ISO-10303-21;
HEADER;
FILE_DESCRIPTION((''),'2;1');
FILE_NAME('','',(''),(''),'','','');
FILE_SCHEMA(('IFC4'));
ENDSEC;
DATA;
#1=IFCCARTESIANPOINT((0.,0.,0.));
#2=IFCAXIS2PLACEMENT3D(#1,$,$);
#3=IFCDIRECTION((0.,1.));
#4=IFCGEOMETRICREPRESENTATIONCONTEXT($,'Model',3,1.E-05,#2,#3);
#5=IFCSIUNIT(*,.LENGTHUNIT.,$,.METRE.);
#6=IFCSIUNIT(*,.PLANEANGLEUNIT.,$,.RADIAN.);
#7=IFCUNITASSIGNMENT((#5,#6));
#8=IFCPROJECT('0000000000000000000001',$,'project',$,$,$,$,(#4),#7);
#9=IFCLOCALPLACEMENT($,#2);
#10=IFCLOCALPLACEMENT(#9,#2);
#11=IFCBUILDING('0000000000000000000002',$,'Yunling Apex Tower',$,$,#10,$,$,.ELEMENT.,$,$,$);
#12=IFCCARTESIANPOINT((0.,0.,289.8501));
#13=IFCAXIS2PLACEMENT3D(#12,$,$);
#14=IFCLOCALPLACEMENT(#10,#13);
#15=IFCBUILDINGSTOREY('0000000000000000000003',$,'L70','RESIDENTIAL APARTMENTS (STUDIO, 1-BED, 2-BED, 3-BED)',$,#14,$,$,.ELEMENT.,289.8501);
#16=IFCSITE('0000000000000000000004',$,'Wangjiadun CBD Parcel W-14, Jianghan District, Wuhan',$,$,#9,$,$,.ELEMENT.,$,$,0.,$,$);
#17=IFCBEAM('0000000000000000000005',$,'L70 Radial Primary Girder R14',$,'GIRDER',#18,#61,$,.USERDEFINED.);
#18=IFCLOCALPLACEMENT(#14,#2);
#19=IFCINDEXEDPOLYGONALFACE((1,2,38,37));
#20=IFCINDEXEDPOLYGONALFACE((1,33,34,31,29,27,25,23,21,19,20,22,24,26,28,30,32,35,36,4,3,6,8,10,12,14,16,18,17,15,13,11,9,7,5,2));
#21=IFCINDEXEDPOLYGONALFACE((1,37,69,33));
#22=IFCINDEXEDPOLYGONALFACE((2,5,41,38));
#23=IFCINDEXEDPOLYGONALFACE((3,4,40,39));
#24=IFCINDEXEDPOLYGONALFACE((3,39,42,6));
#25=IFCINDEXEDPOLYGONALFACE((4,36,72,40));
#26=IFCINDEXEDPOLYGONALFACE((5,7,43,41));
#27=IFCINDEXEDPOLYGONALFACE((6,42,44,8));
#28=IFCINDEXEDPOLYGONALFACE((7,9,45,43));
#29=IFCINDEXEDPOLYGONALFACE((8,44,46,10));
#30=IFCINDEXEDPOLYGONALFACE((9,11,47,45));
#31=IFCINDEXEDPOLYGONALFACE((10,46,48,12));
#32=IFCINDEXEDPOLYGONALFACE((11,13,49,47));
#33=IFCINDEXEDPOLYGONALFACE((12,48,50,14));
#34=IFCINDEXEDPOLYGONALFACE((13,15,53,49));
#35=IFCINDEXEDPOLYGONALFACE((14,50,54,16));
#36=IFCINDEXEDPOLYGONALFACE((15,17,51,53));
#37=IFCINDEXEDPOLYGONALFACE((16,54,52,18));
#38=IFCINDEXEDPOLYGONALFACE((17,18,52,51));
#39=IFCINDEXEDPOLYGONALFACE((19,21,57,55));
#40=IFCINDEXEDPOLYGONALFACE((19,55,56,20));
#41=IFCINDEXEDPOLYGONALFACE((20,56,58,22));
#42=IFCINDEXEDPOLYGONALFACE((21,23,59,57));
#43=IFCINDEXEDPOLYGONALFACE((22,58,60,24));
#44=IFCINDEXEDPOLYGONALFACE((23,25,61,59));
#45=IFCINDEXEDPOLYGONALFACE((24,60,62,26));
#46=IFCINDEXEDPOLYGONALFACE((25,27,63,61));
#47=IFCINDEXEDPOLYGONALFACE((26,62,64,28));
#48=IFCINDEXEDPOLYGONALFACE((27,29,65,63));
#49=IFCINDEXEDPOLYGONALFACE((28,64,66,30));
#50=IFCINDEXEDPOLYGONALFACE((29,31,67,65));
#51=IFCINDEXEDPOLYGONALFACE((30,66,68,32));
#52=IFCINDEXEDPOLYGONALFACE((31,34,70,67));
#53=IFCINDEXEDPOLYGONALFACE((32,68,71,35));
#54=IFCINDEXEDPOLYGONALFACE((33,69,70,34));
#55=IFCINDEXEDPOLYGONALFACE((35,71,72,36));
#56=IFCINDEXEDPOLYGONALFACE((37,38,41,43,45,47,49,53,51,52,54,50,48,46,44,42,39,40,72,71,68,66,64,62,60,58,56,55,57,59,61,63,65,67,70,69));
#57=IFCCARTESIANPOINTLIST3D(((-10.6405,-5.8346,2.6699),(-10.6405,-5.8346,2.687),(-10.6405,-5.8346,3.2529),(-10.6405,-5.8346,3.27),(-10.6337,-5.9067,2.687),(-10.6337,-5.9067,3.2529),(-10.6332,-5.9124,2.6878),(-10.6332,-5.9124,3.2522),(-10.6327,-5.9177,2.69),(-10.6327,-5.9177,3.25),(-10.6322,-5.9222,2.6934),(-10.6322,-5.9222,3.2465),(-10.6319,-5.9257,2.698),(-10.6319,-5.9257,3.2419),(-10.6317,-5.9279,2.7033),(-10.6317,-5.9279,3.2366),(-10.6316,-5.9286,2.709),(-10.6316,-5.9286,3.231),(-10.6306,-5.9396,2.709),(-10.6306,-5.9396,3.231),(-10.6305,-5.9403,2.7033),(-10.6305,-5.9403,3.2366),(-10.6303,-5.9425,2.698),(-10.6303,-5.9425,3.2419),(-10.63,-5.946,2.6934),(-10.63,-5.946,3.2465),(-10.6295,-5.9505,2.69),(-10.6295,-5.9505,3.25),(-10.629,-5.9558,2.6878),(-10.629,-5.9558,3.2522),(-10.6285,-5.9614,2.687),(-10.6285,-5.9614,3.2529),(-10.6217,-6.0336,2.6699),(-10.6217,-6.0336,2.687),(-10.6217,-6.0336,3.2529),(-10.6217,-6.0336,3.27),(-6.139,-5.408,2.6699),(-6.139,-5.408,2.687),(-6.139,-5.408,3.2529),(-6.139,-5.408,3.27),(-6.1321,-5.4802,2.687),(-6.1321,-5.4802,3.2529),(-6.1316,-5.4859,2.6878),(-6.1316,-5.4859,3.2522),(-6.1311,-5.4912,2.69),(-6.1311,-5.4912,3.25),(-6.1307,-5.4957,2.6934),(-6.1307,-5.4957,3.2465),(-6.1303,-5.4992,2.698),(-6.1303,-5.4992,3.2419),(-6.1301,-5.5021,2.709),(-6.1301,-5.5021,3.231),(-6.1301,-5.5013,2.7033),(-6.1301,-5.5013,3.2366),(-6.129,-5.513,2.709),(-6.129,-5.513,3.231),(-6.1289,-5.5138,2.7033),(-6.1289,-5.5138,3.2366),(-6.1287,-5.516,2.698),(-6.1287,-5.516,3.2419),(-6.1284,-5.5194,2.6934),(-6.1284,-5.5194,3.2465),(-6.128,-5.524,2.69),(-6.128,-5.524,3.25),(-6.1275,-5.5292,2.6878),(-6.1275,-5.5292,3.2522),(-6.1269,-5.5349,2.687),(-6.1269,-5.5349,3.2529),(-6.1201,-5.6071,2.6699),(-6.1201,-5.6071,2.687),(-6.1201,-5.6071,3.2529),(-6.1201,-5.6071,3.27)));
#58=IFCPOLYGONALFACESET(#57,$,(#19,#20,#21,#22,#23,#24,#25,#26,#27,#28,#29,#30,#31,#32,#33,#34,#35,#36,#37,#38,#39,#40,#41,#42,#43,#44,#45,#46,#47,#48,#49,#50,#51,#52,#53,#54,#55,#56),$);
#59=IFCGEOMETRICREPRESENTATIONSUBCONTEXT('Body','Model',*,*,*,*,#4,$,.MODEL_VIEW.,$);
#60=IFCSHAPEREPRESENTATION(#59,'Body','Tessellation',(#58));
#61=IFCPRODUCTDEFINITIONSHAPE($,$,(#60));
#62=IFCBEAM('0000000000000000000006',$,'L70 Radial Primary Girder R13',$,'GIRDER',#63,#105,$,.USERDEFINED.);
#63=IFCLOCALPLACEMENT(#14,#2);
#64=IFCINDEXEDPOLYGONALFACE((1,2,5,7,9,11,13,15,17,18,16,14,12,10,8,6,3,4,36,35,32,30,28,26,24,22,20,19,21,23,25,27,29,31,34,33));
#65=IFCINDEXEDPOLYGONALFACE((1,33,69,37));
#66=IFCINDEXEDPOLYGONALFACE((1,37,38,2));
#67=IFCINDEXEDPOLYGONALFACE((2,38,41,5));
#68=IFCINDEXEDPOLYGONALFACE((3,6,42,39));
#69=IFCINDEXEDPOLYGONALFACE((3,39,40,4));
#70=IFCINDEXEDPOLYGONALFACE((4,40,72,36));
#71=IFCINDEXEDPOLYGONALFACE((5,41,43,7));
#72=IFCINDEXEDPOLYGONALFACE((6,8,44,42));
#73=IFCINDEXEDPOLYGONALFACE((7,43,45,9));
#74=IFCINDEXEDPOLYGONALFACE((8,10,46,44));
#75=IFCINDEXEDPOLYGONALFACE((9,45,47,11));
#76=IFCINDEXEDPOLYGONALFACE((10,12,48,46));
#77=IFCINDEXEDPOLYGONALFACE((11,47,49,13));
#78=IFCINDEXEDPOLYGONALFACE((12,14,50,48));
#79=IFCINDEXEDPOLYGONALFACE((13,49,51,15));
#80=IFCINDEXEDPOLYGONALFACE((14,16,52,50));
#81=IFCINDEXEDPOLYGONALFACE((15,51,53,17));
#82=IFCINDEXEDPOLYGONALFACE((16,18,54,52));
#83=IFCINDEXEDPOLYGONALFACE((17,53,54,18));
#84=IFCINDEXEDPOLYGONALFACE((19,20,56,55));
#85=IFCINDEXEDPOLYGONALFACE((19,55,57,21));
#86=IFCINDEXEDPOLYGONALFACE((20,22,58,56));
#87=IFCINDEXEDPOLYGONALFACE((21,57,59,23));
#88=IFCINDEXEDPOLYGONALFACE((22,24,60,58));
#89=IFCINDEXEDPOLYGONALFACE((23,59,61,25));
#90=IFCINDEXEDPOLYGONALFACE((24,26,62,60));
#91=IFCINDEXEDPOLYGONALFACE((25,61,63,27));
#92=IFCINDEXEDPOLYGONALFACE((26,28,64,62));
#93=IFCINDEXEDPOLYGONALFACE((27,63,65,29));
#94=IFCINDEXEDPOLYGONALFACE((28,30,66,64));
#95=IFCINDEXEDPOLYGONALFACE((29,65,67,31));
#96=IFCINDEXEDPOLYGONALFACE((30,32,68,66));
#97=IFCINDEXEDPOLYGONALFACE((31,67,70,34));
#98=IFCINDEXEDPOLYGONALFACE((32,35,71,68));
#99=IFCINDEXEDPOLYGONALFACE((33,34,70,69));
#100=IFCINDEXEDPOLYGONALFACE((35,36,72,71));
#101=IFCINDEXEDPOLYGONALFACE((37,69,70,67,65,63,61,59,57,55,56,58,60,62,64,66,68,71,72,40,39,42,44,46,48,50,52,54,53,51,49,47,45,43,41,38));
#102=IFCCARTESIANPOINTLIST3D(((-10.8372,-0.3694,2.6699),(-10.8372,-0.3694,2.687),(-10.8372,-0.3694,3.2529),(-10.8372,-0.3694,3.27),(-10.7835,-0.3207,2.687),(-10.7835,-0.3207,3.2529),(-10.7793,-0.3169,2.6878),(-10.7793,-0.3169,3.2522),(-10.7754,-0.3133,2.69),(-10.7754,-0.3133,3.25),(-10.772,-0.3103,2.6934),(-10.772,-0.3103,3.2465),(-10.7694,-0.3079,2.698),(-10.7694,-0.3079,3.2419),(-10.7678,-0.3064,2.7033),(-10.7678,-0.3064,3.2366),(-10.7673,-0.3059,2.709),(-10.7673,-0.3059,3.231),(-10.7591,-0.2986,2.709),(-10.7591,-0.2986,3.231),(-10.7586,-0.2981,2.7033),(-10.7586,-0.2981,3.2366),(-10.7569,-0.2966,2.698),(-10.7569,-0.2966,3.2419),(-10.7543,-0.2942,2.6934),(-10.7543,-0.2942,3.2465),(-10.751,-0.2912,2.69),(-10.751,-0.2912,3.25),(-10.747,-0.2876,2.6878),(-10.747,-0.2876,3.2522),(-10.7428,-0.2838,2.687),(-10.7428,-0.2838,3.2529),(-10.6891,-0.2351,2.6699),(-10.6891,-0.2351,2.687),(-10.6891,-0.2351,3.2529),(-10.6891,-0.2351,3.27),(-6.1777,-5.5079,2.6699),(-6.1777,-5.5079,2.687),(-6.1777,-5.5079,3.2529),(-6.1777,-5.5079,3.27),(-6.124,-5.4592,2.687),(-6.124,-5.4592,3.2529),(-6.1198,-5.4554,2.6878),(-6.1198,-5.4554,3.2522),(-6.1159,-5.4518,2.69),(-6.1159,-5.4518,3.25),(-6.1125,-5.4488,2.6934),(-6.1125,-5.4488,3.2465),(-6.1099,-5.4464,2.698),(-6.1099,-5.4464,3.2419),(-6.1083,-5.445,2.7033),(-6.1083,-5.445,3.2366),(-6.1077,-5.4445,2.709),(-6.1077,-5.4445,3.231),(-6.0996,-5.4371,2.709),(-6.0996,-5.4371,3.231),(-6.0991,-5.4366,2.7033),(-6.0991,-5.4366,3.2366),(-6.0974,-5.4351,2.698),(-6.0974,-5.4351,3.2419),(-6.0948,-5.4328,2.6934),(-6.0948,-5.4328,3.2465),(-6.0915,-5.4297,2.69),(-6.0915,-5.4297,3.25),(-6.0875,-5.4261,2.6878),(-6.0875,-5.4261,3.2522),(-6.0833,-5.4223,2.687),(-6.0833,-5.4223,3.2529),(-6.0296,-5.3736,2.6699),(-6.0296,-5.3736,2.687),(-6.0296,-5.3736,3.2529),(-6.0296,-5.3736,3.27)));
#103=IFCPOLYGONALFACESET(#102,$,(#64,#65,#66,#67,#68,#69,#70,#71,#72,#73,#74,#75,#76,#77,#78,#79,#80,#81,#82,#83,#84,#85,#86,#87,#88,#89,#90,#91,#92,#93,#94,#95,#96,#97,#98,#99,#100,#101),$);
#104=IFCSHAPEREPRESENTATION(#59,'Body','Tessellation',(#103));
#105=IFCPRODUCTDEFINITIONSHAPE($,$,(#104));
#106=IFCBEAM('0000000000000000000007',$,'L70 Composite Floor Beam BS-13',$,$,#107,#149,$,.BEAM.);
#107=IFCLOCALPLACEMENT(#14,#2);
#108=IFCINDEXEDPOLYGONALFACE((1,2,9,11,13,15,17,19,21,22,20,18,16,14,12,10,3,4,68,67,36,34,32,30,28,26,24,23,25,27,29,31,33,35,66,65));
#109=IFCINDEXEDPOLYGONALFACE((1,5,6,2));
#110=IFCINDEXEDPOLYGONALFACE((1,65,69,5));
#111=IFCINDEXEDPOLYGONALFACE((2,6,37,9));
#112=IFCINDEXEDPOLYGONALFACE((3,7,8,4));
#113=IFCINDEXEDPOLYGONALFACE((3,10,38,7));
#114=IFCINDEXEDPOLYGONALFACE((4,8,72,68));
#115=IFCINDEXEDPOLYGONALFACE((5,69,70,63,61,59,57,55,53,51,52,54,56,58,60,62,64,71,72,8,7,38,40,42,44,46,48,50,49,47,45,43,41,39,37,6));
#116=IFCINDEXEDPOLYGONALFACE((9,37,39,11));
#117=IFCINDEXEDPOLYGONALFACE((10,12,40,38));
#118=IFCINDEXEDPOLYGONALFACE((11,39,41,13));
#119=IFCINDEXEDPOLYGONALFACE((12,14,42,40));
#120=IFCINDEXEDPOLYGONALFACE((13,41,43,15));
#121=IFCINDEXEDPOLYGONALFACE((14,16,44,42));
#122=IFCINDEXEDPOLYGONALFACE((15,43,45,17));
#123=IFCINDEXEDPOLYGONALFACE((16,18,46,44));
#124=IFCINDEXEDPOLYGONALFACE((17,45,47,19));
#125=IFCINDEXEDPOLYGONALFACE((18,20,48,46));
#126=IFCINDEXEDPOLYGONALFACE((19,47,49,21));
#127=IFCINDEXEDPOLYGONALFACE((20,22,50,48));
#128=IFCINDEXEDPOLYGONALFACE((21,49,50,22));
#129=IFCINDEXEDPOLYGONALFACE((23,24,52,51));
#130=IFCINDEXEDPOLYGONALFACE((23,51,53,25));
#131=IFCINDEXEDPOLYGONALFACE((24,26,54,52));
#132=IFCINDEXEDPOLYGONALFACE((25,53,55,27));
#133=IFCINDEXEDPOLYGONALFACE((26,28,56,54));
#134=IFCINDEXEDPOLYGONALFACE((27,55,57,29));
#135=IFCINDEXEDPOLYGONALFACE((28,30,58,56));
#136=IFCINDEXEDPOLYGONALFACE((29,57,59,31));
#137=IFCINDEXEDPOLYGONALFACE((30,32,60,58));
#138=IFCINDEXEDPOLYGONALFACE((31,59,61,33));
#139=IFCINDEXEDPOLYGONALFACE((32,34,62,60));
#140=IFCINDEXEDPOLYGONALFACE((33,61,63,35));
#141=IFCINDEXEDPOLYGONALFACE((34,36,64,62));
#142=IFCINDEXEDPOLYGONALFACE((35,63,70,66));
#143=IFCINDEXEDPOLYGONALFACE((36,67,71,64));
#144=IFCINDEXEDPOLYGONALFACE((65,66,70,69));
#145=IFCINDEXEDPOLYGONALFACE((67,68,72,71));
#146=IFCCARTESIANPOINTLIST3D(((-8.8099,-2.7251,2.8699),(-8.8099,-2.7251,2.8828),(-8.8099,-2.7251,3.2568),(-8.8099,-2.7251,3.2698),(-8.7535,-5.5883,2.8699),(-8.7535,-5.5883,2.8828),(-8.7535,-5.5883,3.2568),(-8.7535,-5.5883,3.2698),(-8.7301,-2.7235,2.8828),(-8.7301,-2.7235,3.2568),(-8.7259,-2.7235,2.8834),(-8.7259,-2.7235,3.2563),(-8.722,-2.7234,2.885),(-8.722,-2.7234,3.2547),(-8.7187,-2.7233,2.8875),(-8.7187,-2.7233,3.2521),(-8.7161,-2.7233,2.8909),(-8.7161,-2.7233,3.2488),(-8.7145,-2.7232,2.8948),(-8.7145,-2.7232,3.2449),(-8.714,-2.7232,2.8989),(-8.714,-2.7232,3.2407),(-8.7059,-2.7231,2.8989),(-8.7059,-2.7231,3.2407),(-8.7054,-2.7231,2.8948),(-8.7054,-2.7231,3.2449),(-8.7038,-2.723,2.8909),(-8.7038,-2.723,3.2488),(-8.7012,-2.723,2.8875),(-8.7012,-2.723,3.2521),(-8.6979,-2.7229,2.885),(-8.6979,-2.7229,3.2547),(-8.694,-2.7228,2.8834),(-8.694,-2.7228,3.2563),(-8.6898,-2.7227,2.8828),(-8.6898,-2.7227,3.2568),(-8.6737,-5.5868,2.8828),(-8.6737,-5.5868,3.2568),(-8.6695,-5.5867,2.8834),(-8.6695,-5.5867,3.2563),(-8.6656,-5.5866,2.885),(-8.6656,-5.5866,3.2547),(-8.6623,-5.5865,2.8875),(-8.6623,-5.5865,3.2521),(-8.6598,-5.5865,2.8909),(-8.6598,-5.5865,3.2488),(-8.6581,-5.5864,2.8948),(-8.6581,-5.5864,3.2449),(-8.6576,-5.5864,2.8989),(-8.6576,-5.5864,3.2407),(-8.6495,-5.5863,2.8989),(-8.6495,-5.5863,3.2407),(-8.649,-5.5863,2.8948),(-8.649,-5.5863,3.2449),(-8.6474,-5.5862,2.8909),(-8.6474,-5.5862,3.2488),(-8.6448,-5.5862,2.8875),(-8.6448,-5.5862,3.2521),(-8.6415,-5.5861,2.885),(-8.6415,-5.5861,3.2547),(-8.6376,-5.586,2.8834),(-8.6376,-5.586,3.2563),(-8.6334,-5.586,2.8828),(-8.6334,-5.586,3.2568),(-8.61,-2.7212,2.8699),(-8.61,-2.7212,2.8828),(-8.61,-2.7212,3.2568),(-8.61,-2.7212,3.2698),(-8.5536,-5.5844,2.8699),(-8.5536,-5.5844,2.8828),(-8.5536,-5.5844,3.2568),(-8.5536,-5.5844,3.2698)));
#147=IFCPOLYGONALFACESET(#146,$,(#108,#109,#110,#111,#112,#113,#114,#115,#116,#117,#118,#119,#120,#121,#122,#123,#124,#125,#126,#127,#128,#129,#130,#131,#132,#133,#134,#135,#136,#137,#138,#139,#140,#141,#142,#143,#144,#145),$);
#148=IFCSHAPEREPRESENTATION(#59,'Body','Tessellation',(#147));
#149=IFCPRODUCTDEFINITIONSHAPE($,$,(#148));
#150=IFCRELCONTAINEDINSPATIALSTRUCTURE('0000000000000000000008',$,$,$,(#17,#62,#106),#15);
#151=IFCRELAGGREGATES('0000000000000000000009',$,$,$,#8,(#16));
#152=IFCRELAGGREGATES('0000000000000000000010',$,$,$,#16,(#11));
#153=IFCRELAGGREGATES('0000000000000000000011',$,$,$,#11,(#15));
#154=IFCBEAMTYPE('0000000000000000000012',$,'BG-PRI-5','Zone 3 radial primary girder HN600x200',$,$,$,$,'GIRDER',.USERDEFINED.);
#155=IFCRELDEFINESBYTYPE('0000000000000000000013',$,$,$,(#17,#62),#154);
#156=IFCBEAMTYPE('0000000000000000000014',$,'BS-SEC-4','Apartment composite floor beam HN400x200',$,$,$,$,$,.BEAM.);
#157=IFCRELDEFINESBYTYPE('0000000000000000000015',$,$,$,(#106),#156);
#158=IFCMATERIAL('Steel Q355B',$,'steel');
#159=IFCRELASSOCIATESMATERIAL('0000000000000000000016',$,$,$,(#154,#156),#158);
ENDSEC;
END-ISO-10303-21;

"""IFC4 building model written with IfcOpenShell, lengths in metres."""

from ifc_helpers import new_model, si_unit, direction, frame, origin, origin_2d, place, context, subcontext, project, spatial, i_section, extrude, source, transform, mapped, material, material_profile, profile_set, type_object, element, save


model = new_model("IFC4")

# Units and contexts
model_context = context("Model", 3, precision=1e-05, world=origin(), true_north=direction((0.0, 1.0)))
body_context = subcontext(model_context, "Body", "Model", "MODEL_VIEW")
ifc_project = project(units=[si_unit("LENGTHUNIT", "METRE"), si_unit("PLANEANGLEUNIT", "RADIAN")], contexts=[model_context])

# Site, building, storey
site_placement = place(None, origin())
site = spatial("IfcSite", under=ifc_project, at=site_placement, Name="Wangjiadun CBD Parcel W-14, Jianghan District, Wuhan", CompositionType="ELEMENT", RefElevation=0.0)
building_placement = place(site_placement, origin())
building = spatial("IfcBuilding", under=site, at=building_placement, Name="Yunling Apex Tower", CompositionType="ELEMENT")
storey_placement = place(building_placement, frame((0.0, 0.0, 289.8501)))
storey = spatial("IfcBuildingStorey", under=building, at=storey_placement, Name="L70", Description="RESIDENTIAL APARTMENTS (STUDIO, 1-BED, 2-BED, 3-BED)", CompositionType="ELEMENT", Elevation=289.8501)

# Shared definitions
ifc_material_1 = material(Name="Steel Q355B", Category="steel")

# Beams
ifc_material_profile_1 = material_profile(ifc_material_1, i_section(OverallWidth=0.2, OverallDepth=0.6001, WebThickness=0.011, FlangeThickness=0.0171, FilletRadius=0.022, at=origin_2d()))
ifc_profile_set_1 = profile_set([ifc_material_profile_1], Name="Steel Q355B")
beam_type_1 = type_object("IfcBeamType", Name="BG-PRI-5", Description="Zone 3 radial primary girder HN600x200", ElementType="GIRDER", PredefinedType="USERDEFINED", material=ifc_profile_set_1)
shared_shape_1 = source(origin(), body_context, "Body", "SweptSolid", [
    extrude(i_section(OverallWidth=0.2, OverallDepth=0.6001, WebThickness=0.011, FlangeThickness=0.0171, FilletRadius=0.022, at=origin_2d()), origin(), (0.0, 0.0, 1.0), 4.5217),
])
beam_1_placement = place(storey_placement, frame((-10.6311, -5.9341, 2.97), z_axis=(0.995541, 0.094328, 0.0), x_axis=(-0.094328, 0.995541, 0.0)))
element("IfcBeam", 1, at=beam_1_placement, inside=storey, type_object=beam_type_1, Name="L70 Radial Primary Girder R14", ObjectType="GIRDER", PredefinedType="USERDEFINED", context=body_context, shape_type="MappedRepresentation", body=[
    mapped(shared_shape_1, transform((0.0, 0.0, 0.0), scale=1.0)),
])
shared_shape_2 = source(origin(), body_context, "Body", "SweptSolid", [
    extrude(i_section(OverallWidth=0.2, OverallDepth=0.6001, WebThickness=0.011, FlangeThickness=0.0171, FilletRadius=0.022, at=origin_2d()), origin(), (0.0, 0.0, 1.0), 6.9365),
])
beam_2_placement = place(storey_placement, frame((-10.7632, -0.3022, 2.97), z_axis=(0.671735, -0.740792, 0.0), x_axis=(0.740792, 0.671735, 0.0)))
element("IfcBeam", 2, at=beam_2_placement, inside=storey, type_object=beam_type_1, Name="L70 Radial Primary Girder R13", ObjectType="GIRDER", PredefinedType="USERDEFINED", context=body_context, shape_type="MappedRepresentation", body=[
    mapped(shared_shape_2, transform((0.0, 0.0, 0.0), scale=1.0)),
])
ifc_material_profile_2 = material_profile(ifc_material_1, i_section(OverallWidth=0.2, OverallDepth=0.3999, WebThickness=0.0081, FlangeThickness=0.0129, FilletRadius=0.0161, at=origin_2d()))
ifc_profile_set_2 = profile_set([ifc_material_profile_2], Name="Steel Q355B")
beam_type_2 = type_object("IfcBeamType", Name="BS-SEC-4", Description="Apartment composite floor beam HN400x200", PredefinedType="BEAM", material=ifc_profile_set_2)
shared_shape_3 = source(origin(), body_context, "Body", "SweptSolid", [
    extrude(i_section(OverallWidth=0.2, OverallDepth=0.3999, WebThickness=0.0081, FlangeThickness=0.0129, FilletRadius=0.0161, at=origin_2d()), origin(), (0.0, 0.0, 1.0), 2.8638),
])
beam_3_placement = place(storey_placement, frame((-8.71, -2.7231, 3.0698), z_axis=(0.019693, -0.999806, 0.0), x_axis=(0.999806, 0.019693, 0.0)))
element("IfcBeam", 3, at=beam_3_placement, inside=storey, type_object=beam_type_2, Name="L70 Composite Floor Beam BS-13", PredefinedType="BEAM", context=body_context, shape_type="MappedRepresentation", body=[
    mapped(shared_shape_3, transform((0.0, 0.0, 0.0), scale=1.0)),
])

save(model, "model.ifc")
